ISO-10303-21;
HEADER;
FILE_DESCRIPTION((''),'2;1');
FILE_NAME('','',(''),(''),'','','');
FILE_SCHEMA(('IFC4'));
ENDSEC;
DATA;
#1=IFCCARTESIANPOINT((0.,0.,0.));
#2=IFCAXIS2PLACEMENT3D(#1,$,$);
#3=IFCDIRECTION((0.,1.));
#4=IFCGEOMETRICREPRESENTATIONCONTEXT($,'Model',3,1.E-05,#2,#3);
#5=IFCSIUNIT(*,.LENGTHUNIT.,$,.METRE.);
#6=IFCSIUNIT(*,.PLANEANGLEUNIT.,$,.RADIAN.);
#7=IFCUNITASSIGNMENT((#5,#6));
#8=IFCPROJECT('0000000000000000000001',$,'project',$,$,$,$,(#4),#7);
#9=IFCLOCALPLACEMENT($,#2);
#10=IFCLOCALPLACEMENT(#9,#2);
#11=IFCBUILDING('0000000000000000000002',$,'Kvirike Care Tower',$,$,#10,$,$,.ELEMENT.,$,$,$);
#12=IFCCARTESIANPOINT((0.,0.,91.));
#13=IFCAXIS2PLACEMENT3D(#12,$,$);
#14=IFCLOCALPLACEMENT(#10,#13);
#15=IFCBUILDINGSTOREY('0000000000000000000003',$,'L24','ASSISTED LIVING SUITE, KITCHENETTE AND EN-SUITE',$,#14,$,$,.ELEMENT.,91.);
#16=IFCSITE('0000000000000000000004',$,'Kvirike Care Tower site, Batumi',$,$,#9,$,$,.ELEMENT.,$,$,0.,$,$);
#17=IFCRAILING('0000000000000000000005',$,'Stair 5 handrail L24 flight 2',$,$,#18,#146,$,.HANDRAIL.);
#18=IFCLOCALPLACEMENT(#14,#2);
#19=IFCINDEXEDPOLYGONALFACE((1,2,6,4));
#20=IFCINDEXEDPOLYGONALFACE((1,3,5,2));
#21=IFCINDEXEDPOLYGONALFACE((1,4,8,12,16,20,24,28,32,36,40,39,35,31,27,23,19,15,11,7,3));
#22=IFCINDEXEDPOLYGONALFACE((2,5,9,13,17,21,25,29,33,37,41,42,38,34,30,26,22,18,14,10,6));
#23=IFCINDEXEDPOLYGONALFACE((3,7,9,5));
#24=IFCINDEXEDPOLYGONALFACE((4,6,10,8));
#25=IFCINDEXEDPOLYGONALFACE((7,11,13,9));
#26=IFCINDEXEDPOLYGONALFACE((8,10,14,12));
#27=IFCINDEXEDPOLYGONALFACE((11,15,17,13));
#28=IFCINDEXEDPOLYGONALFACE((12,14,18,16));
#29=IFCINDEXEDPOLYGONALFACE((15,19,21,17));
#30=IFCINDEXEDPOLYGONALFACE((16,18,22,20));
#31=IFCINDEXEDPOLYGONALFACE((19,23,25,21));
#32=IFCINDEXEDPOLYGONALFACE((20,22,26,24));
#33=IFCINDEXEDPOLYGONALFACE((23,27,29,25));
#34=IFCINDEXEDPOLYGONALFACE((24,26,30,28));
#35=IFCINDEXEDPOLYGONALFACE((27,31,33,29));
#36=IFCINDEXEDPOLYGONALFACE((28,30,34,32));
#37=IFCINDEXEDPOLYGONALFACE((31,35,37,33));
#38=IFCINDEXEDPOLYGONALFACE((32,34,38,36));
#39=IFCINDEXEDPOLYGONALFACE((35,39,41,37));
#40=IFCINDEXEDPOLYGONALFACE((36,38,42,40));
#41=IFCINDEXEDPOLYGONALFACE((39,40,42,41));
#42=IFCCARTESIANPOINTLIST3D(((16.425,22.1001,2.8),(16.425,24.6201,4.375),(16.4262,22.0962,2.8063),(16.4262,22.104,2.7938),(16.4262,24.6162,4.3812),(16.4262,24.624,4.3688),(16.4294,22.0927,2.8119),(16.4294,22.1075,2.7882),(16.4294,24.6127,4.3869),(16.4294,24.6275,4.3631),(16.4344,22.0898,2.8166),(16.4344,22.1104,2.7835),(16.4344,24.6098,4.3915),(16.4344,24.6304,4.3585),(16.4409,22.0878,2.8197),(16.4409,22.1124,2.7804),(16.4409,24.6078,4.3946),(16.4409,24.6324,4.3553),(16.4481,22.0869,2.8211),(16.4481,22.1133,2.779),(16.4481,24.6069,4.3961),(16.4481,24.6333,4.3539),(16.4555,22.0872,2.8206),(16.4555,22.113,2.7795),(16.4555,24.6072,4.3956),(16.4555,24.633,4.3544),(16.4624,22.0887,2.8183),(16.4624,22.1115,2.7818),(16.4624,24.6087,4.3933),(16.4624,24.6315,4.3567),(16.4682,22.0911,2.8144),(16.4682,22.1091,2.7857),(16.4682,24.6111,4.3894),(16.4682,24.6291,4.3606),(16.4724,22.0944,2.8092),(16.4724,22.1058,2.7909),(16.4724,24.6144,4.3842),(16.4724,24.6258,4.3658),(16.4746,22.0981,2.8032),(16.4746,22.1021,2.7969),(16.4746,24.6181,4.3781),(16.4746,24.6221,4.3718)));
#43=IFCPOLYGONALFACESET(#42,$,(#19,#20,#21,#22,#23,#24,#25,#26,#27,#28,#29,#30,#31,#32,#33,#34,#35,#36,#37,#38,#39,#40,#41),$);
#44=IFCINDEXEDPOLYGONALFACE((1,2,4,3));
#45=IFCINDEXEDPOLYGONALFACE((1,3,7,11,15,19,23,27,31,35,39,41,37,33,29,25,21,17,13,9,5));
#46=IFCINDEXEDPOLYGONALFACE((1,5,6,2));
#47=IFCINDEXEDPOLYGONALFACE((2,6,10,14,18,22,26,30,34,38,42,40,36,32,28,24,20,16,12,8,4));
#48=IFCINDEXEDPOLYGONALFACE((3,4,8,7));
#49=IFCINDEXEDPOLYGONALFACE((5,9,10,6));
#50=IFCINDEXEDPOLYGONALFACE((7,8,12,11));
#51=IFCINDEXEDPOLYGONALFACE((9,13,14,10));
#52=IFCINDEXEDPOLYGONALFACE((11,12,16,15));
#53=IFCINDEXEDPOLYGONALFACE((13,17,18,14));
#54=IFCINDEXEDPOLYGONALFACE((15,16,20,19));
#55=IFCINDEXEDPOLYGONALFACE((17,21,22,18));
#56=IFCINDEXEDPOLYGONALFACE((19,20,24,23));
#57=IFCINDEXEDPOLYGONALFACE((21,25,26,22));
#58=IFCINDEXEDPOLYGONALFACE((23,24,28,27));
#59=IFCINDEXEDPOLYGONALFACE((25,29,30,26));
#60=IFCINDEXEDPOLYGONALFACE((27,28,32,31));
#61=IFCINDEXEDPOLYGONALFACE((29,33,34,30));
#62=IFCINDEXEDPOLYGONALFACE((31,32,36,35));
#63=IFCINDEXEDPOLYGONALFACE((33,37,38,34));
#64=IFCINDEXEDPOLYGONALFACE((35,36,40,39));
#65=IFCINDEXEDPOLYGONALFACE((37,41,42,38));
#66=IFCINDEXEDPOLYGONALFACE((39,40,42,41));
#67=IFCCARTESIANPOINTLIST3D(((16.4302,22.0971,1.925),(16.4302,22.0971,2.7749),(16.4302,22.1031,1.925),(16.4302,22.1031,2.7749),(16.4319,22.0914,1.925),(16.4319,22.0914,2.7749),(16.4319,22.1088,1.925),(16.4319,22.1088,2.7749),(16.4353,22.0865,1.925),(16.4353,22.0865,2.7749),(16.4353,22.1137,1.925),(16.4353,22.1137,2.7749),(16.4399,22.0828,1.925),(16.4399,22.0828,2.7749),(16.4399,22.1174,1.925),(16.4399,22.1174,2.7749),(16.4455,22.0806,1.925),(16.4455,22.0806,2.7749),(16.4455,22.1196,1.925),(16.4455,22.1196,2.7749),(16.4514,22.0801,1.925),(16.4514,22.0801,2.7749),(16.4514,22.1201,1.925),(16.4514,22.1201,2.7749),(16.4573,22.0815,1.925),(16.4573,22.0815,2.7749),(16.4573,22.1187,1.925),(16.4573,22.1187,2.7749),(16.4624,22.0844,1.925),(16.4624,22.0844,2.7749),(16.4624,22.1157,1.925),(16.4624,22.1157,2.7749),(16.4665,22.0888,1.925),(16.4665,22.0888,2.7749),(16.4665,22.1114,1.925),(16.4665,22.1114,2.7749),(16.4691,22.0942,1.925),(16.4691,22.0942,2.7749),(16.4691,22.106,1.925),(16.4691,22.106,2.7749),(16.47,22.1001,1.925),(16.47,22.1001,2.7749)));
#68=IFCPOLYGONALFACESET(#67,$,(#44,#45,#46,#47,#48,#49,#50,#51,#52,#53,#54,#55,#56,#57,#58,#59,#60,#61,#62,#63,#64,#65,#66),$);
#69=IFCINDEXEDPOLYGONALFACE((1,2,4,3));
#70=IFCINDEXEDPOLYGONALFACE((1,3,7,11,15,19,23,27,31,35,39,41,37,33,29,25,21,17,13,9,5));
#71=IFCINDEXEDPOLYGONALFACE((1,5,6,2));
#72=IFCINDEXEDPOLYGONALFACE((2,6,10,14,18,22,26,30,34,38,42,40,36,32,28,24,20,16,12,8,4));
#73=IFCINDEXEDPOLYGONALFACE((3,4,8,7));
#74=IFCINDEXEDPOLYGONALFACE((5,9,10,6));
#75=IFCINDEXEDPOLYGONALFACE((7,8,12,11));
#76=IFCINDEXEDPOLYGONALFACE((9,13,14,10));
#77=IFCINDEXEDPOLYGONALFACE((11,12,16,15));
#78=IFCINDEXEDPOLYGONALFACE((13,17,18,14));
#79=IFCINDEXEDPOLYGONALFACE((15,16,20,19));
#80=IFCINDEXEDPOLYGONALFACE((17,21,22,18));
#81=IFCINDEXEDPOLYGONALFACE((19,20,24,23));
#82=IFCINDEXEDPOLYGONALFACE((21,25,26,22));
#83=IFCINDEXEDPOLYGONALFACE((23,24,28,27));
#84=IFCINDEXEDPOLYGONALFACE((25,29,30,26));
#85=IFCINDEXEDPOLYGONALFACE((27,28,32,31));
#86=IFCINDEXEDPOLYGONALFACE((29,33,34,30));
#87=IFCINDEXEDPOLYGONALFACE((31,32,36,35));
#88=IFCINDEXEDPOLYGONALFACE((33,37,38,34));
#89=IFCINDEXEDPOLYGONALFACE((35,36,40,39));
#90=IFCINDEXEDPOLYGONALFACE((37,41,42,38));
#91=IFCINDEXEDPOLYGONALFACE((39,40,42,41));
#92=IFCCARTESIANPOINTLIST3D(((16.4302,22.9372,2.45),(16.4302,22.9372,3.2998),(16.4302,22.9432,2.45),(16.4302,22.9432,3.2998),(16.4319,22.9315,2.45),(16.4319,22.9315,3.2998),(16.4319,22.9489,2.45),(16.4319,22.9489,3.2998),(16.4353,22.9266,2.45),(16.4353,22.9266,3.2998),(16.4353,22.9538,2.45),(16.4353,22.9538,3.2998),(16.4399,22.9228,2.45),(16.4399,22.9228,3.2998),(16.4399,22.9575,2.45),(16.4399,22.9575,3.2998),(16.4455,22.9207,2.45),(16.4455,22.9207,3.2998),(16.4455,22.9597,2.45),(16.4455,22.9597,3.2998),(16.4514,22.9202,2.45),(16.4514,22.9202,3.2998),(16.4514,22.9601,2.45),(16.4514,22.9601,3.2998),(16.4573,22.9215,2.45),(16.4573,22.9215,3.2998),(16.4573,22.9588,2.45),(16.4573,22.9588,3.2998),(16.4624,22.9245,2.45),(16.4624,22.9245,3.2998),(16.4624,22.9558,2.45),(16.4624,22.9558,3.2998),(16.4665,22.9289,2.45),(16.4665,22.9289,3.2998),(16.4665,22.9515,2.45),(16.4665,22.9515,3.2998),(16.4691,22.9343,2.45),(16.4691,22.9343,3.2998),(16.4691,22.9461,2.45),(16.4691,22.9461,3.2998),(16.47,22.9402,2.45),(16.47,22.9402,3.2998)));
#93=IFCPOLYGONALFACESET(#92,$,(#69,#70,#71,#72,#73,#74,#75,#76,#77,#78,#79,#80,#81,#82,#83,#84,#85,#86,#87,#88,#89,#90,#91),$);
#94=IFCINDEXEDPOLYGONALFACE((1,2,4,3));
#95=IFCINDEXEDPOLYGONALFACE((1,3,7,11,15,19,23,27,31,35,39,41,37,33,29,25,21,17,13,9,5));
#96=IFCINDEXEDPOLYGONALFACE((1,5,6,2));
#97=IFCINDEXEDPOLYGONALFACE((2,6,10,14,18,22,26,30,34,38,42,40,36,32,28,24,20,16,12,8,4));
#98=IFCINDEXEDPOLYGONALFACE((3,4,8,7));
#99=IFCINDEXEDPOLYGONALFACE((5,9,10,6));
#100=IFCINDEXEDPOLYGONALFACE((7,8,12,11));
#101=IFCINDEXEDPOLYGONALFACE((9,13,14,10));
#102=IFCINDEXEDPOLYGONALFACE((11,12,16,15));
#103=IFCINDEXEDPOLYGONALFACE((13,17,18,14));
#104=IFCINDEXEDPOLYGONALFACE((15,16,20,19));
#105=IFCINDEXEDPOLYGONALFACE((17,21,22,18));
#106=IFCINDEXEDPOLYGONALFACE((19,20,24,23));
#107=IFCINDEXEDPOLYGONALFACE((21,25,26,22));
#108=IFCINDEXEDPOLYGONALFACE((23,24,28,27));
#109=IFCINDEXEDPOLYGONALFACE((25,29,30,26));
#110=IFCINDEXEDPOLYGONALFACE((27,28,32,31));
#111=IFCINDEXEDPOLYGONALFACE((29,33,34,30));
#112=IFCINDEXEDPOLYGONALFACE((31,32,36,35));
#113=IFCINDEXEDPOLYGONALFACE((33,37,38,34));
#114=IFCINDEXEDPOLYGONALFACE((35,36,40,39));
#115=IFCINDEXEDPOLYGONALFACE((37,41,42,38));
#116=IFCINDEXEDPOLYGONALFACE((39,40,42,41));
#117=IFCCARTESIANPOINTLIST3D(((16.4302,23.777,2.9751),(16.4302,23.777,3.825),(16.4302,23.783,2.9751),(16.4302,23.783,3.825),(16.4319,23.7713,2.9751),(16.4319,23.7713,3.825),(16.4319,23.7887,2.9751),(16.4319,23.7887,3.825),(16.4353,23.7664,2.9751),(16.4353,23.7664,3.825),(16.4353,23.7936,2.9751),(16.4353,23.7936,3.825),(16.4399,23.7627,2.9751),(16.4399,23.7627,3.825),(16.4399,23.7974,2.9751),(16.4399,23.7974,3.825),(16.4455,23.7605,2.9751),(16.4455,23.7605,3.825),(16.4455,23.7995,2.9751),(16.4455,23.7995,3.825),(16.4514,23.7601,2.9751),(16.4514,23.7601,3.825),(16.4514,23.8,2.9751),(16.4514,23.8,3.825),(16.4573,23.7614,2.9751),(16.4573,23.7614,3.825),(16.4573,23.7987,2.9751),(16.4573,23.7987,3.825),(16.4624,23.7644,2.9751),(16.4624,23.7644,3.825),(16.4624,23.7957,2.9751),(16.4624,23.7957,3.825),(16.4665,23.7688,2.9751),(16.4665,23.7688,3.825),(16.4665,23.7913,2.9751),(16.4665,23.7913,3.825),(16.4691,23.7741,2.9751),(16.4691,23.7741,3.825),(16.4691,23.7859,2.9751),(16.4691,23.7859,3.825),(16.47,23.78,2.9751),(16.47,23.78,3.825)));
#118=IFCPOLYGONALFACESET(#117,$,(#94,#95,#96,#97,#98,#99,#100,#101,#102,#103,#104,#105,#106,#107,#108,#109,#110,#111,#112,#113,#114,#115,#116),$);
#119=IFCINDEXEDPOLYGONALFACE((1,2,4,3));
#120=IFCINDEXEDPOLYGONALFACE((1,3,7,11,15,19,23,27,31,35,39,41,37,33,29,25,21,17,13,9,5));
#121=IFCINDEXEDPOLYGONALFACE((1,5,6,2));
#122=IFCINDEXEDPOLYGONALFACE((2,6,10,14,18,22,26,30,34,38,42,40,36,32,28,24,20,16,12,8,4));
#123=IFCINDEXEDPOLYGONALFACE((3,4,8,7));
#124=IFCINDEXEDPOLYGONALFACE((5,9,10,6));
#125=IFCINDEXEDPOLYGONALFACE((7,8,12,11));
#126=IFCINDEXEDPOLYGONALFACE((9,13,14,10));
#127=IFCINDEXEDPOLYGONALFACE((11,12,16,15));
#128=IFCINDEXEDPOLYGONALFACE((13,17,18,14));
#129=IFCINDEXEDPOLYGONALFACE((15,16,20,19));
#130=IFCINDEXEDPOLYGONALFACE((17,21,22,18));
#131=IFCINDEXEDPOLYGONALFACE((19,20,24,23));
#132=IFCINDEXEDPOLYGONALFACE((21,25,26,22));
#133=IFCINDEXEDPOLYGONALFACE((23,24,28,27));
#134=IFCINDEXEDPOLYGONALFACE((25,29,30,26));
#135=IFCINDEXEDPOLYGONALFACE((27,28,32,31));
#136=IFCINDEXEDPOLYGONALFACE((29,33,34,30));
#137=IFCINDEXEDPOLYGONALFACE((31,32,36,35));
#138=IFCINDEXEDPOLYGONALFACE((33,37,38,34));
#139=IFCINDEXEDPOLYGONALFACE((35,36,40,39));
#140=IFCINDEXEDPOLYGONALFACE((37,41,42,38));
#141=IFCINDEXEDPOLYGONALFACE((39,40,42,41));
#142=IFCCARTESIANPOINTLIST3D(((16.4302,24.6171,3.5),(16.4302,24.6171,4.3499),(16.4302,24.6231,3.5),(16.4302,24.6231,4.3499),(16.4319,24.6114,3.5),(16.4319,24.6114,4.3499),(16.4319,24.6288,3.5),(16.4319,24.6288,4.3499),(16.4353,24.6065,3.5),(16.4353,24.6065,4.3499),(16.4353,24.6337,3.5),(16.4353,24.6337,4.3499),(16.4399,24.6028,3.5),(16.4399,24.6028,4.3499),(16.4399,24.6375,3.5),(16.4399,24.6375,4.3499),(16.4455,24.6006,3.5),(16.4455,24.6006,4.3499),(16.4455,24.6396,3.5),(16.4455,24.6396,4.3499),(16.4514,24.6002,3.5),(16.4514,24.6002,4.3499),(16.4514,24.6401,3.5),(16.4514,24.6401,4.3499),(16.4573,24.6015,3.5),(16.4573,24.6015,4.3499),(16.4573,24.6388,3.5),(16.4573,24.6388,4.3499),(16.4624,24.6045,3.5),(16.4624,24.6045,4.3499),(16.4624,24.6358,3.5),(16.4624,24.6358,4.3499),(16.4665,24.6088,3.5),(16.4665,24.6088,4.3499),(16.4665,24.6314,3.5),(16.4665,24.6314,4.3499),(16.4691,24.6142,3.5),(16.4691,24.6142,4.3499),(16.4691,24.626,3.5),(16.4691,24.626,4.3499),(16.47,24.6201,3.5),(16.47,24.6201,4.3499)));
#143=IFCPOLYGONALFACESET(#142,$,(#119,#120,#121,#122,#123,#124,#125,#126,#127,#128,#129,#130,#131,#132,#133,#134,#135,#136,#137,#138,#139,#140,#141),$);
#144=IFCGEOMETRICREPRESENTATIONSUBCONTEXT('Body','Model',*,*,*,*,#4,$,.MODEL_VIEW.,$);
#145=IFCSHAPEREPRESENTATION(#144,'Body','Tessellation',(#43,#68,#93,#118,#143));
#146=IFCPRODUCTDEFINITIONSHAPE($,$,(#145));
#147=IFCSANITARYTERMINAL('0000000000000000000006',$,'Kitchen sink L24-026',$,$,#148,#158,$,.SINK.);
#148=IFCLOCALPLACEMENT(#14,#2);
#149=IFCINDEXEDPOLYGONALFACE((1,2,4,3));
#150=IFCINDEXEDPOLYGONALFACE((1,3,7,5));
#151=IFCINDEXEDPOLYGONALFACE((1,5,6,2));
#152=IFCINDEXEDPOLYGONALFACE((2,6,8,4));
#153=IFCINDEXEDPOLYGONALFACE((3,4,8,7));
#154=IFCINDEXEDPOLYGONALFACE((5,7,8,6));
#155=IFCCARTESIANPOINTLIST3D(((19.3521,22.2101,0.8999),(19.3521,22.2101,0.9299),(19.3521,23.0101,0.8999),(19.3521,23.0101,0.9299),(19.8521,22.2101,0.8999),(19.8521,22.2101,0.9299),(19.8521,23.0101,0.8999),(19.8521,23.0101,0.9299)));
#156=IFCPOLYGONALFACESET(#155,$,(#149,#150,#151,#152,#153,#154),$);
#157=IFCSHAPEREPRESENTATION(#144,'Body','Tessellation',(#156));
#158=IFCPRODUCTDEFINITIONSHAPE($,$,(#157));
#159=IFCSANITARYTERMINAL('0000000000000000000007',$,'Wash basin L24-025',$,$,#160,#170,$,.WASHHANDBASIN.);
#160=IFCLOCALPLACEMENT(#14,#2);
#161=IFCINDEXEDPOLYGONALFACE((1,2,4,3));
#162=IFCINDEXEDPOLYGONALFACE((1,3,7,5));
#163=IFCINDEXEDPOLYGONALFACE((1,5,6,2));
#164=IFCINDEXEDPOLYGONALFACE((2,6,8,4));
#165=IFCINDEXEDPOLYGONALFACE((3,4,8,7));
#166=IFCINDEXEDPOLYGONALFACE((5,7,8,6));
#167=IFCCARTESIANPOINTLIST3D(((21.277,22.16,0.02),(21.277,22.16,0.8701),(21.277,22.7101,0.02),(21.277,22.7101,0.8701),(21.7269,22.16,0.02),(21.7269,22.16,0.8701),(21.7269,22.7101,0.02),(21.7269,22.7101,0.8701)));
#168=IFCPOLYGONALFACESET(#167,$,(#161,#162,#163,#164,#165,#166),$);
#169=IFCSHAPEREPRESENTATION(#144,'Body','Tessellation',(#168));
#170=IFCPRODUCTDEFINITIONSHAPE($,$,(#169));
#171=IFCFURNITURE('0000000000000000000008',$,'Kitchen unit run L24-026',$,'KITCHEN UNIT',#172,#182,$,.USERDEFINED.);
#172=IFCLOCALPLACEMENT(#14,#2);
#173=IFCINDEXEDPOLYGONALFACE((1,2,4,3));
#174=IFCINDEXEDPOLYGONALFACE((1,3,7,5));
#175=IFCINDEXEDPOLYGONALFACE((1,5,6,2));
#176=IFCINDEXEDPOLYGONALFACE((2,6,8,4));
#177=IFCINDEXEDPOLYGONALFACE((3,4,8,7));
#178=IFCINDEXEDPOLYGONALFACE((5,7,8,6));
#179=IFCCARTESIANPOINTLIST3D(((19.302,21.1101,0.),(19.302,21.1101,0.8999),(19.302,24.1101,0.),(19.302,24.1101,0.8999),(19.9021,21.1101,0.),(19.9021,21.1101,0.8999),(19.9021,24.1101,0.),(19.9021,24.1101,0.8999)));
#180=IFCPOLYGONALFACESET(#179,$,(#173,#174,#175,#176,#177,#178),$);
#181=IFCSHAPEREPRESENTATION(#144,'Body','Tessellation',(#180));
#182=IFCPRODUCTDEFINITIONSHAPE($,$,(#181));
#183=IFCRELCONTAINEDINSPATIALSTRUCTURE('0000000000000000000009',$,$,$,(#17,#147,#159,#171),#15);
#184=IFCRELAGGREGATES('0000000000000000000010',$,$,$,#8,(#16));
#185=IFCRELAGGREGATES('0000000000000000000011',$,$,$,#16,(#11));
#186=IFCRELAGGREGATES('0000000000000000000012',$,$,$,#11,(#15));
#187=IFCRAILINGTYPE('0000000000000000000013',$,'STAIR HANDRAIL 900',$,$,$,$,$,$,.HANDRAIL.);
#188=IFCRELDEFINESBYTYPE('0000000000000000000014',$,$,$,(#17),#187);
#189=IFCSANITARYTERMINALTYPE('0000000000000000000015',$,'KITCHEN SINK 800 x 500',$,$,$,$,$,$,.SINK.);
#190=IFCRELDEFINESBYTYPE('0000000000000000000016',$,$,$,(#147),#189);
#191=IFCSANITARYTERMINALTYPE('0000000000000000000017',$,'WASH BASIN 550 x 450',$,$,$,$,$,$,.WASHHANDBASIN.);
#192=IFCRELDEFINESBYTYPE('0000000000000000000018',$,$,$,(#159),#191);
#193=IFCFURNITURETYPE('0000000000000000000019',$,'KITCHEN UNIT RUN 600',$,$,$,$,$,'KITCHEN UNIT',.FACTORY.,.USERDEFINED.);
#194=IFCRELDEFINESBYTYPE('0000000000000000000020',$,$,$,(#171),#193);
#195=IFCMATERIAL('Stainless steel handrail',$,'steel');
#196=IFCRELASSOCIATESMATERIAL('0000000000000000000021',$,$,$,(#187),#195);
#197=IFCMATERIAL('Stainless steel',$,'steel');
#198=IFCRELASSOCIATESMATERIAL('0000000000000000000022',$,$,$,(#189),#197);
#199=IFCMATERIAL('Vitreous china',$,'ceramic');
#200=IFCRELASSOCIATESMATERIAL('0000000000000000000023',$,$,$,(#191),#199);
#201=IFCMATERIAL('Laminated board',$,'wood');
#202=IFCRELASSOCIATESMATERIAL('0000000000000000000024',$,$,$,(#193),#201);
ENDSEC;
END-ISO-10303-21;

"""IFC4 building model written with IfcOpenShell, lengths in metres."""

from ifc_helpers import new_model, si_unit, direction, frame, origin, origin_2d, place, context, subcontext, project, spatial, rectangle, circle, extrude, material, type_object, element, save


model = new_model("IFC4")

# Units and contexts
model_context = context("Model", 3, precision=1e-05, world=origin(), true_north=direction((0.0, 1.0)))
body_context = subcontext(model_context, "Body", "Model", "MODEL_VIEW")
ifc_project = project(units=[si_unit("LENGTHUNIT", "METRE"), si_unit("PLANEANGLEUNIT", "RADIAN")], contexts=[model_context])

# Site, building, storey
site_placement = place(None, origin())
site = spatial("IfcSite", under=ifc_project, at=site_placement, Name="Kvirike Care Tower site, Batumi", CompositionType="ELEMENT", RefElevation=0.0)
building_placement = place(site_placement, origin())
building = spatial("IfcBuilding", under=site, at=building_placement, Name="Kvirike Care Tower", CompositionType="ELEMENT")
storey_placement = place(building_placement, frame((0.0, 0.0, 91.0)))
storey = spatial("IfcBuildingStorey", under=building, at=storey_placement, Name="L24", Description="ASSISTED LIVING SUITE, KITCHENETTE AND EN-SUITE", CompositionType="ELEMENT", Elevation=91.0)

# Railing
ifc_material_1 = material(Name="Stainless steel handrail", Category="steel")
railing_type = type_object("IfcRailingType", Name="STAIR HANDRAIL 900", PredefinedType="HANDRAIL", material=ifc_material_1)
railing_1_placement = place(storey_placement, frame((16.45, 22.1001, 1.925)))
element("IfcRailing", 1, at=railing_1_placement, inside=storey, type_object=railing_type, Name="Stair 5 handrail L24 flight 2", PredefinedType="HANDRAIL", context=body_context, shape_type="SweptSolid", body=[
    extrude(circle(Radius=0.0249, at=origin_2d()), frame((0.0, 0.0, 0.875), z_axis=(0.0, 0.848008, 0.529984), x_axis=(-1.0, 0.0, 0.0)), (0.0, 0.0, 1.0), 2.9717),
    extrude(circle(Radius=0.02, at=origin_2d()), origin(), (0.0, 0.0, 1.0), 0.8499),
    extrude(circle(Radius=0.02, at=origin_2d()), frame((0.0, 0.8401, 0.5249)), (0.0, 0.0, 1.0), 0.8499),
    extrude(circle(Radius=0.02, at=origin_2d()), frame((0.0, 1.6799, 1.05)), (0.0, 0.0, 1.0), 0.8499),
    extrude(circle(Radius=0.02, at=origin_2d()), frame((0.0, 2.52, 1.575)), (0.0, 0.0, 1.0), 0.8499),
])

# Sanitary terminals
ifc_material_2 = material(Name="Stainless steel", Category="steel")
sanitary_terminal_type_1 = type_object("IfcSanitaryTerminalType", Name="KITCHEN SINK 800 x 500", PredefinedType="SINK", material=ifc_material_2)
sanitary_terminal_1_placement = place(storey_placement, frame((19.6021, 22.6101, 0.8999), z_axis=(0.0, 0.0, 1.0), x_axis=(0.0, 1.0, 0.0)))
element("IfcSanitaryTerminal", 2, at=sanitary_terminal_1_placement, inside=storey, type_object=sanitary_terminal_type_1, Name="Kitchen sink L24-026", PredefinedType="SINK", context=body_context, shape_type="SweptSolid", body=[
    extrude(rectangle(XDim=0.8, YDim=0.5, at=origin_2d()), origin(), (0.0, 0.0, 1.0), 0.03),
])
ifc_material_3 = material(Name="Vitreous china", Category="ceramic")
sanitary_terminal_type_2 = type_object("IfcSanitaryTerminalType", Name="WASH BASIN 550 x 450", PredefinedType="WASHHANDBASIN", material=ifc_material_3)
sanitary_terminal_2_placement = place(storey_placement, frame((21.502, 22.4351, 0.02), z_axis=(0.0, 0.0, 1.0), x_axis=(0.0, 1.0, 0.0)))
element("IfcSanitaryTerminal", 3, at=sanitary_terminal_2_placement, inside=storey, type_object=sanitary_terminal_type_2, Name="Wash basin L24-025", PredefinedType="WASHHANDBASIN", context=body_context, shape_type="SweptSolid", body=[
    extrude(rectangle(XDim=0.55, YDim=0.45, at=origin_2d()), origin(), (0.0, 0.0, 1.0), 0.8501),
])

# Furniture
ifc_material_4 = material(Name="Laminated board", Category="wood")
furniture_type = type_object("IfcFurnitureType", Name="KITCHEN UNIT RUN 600", ElementType="KITCHEN UNIT", AssemblyPlace="FACTORY", PredefinedType="USERDEFINED", material=ifc_material_4)
furniture_placement = place(storey_placement, frame((19.6021, 22.6101, 0.0), z_axis=(0.0, 0.0, 1.0), x_axis=(0.0, 1.0, 0.0)))
element("IfcFurniture", 4, at=furniture_placement, inside=storey, type_object=furniture_type, Name="Kitchen unit run L24-026", ObjectType="KITCHEN UNIT", PredefinedType="USERDEFINED", context=body_context, shape_type="SweptSolid", body=[
    extrude(rectangle(XDim=3.0, YDim=0.6001, at=origin_2d()), origin(), (0.0, 0.0, 1.0), 0.8999),
])

save(model, "model.ifc")
